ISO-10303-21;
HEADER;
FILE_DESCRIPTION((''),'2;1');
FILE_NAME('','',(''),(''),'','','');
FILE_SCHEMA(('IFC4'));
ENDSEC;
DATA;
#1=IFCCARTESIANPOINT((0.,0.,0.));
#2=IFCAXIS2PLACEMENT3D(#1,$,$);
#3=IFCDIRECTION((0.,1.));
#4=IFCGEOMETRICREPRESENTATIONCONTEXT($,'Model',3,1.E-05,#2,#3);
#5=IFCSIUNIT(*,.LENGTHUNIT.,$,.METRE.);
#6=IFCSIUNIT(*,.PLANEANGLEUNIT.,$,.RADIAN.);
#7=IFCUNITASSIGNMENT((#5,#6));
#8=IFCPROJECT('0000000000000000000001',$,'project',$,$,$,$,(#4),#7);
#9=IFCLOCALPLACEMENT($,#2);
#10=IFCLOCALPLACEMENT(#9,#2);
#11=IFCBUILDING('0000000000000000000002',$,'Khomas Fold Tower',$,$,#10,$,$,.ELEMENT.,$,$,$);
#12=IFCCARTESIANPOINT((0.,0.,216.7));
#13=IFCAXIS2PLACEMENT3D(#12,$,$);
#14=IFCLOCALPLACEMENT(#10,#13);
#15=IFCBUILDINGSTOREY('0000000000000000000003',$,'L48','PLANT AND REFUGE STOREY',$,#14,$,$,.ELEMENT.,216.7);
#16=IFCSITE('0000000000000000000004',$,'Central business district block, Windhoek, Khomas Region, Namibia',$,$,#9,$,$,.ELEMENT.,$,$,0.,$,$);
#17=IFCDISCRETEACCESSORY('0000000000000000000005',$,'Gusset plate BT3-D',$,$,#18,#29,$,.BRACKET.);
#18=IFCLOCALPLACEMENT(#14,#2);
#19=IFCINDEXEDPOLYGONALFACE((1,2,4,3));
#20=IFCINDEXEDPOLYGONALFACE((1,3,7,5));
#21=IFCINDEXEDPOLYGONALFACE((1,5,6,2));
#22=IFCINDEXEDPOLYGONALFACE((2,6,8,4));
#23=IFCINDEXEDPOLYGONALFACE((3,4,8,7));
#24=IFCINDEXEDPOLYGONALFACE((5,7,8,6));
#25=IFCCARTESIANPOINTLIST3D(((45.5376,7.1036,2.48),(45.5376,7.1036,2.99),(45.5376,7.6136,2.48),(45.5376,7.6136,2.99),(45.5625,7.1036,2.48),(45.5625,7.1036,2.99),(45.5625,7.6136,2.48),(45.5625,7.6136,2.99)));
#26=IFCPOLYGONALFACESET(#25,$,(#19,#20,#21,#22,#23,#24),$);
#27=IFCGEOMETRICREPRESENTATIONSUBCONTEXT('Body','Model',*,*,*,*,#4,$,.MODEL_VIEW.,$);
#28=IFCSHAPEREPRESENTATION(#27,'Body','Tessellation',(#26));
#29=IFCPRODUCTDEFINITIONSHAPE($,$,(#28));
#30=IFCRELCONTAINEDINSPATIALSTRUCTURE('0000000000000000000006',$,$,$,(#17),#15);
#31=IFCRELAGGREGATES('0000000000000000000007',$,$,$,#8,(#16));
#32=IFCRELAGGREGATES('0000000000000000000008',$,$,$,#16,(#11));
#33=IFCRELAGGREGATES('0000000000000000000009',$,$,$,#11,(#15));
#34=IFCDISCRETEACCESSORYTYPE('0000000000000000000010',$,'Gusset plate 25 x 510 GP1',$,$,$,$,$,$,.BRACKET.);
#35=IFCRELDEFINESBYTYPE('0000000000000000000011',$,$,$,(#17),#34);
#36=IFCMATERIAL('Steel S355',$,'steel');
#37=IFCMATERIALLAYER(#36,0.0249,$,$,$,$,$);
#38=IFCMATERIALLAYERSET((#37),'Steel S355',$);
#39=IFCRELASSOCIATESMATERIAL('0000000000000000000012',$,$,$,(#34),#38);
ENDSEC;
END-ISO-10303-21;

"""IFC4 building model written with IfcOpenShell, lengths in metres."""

from ifc_helpers import new_model, si_unit, direction, frame, origin, origin_2d, place, context, subcontext, project, spatial, rectangle, extrude, source, transform, mapped, material, layer, layer_set, type_object, element, save


model = new_model("IFC4")

# Units and contexts
model_context = context("Model", 3, precision=1e-05, world=origin(), true_north=direction((0.0, 1.0)))
body_context = subcontext(model_context, "Body", "Model", "MODEL_VIEW")
ifc_project = project(units=[si_unit("LENGTHUNIT", "METRE"), si_unit("PLANEANGLEUNIT", "RADIAN")], contexts=[model_context])

# Site, building, storey
site_placement = place(None, origin())
site = spatial("IfcSite", under=ifc_project, at=site_placement, Name="Central business district block, Windhoek, Khomas Region, Namibia", CompositionType="ELEMENT", RefElevation=0.0)
building_placement = place(site_placement, origin())
building = spatial("IfcBuilding", under=site, at=building_placement, Name="Khomas Fold Tower", CompositionType="ELEMENT")
storey_placement = place(building_placement, frame((0.0, 0.0, 216.7)))
storey = spatial("IfcBuildingStorey", under=building, at=storey_placement, Name="L48", Description="PLANT AND REFUGE STOREY", CompositionType="ELEMENT", Elevation=216.7)

# Discrete accessory
ifc_material_1 = material(Name="Steel S355", Category="steel")
ifc_layer_1 = layer(ifc_material_1, 0.0249)
ifc_layer_set_1 = layer_set([ifc_layer_1], Name="Steel S355")
discrete_accessory_type = type_object("IfcDiscreteAccessoryType", Name="Gusset plate 25 x 510 GP1", PredefinedType="BRACKET", material=ifc_layer_set_1)
shared_shape_1 = source(origin(), body_context, "Body", "SweptSolid", [
    extrude(rectangle(XDim=0.51, YDim=0.0249, at=origin_2d()), origin(), (0.0, 0.0, 1.0), 0.51),
])
for number, where, z_axis, x_axis, name in (
    (1, (45.55, 7.3586, 2.48), (0.0, 0.0, 1.0), (0.0, 1.0, 0.0), "Gusset plate BT3-D"),
):
    element("IfcDiscreteAccessory", number, at=place(storey_placement, frame(where, z_axis=z_axis, x_axis=x_axis)), inside=storey, type_object=discrete_accessory_type, Name=name, PredefinedType="BRACKET", context=body_context, shape_type="MappedRepresentation", body=[
        mapped(shared_shape_1, transform((0.0, 0.0, 0.0))),
    ])

save(model, "model.ifc")
